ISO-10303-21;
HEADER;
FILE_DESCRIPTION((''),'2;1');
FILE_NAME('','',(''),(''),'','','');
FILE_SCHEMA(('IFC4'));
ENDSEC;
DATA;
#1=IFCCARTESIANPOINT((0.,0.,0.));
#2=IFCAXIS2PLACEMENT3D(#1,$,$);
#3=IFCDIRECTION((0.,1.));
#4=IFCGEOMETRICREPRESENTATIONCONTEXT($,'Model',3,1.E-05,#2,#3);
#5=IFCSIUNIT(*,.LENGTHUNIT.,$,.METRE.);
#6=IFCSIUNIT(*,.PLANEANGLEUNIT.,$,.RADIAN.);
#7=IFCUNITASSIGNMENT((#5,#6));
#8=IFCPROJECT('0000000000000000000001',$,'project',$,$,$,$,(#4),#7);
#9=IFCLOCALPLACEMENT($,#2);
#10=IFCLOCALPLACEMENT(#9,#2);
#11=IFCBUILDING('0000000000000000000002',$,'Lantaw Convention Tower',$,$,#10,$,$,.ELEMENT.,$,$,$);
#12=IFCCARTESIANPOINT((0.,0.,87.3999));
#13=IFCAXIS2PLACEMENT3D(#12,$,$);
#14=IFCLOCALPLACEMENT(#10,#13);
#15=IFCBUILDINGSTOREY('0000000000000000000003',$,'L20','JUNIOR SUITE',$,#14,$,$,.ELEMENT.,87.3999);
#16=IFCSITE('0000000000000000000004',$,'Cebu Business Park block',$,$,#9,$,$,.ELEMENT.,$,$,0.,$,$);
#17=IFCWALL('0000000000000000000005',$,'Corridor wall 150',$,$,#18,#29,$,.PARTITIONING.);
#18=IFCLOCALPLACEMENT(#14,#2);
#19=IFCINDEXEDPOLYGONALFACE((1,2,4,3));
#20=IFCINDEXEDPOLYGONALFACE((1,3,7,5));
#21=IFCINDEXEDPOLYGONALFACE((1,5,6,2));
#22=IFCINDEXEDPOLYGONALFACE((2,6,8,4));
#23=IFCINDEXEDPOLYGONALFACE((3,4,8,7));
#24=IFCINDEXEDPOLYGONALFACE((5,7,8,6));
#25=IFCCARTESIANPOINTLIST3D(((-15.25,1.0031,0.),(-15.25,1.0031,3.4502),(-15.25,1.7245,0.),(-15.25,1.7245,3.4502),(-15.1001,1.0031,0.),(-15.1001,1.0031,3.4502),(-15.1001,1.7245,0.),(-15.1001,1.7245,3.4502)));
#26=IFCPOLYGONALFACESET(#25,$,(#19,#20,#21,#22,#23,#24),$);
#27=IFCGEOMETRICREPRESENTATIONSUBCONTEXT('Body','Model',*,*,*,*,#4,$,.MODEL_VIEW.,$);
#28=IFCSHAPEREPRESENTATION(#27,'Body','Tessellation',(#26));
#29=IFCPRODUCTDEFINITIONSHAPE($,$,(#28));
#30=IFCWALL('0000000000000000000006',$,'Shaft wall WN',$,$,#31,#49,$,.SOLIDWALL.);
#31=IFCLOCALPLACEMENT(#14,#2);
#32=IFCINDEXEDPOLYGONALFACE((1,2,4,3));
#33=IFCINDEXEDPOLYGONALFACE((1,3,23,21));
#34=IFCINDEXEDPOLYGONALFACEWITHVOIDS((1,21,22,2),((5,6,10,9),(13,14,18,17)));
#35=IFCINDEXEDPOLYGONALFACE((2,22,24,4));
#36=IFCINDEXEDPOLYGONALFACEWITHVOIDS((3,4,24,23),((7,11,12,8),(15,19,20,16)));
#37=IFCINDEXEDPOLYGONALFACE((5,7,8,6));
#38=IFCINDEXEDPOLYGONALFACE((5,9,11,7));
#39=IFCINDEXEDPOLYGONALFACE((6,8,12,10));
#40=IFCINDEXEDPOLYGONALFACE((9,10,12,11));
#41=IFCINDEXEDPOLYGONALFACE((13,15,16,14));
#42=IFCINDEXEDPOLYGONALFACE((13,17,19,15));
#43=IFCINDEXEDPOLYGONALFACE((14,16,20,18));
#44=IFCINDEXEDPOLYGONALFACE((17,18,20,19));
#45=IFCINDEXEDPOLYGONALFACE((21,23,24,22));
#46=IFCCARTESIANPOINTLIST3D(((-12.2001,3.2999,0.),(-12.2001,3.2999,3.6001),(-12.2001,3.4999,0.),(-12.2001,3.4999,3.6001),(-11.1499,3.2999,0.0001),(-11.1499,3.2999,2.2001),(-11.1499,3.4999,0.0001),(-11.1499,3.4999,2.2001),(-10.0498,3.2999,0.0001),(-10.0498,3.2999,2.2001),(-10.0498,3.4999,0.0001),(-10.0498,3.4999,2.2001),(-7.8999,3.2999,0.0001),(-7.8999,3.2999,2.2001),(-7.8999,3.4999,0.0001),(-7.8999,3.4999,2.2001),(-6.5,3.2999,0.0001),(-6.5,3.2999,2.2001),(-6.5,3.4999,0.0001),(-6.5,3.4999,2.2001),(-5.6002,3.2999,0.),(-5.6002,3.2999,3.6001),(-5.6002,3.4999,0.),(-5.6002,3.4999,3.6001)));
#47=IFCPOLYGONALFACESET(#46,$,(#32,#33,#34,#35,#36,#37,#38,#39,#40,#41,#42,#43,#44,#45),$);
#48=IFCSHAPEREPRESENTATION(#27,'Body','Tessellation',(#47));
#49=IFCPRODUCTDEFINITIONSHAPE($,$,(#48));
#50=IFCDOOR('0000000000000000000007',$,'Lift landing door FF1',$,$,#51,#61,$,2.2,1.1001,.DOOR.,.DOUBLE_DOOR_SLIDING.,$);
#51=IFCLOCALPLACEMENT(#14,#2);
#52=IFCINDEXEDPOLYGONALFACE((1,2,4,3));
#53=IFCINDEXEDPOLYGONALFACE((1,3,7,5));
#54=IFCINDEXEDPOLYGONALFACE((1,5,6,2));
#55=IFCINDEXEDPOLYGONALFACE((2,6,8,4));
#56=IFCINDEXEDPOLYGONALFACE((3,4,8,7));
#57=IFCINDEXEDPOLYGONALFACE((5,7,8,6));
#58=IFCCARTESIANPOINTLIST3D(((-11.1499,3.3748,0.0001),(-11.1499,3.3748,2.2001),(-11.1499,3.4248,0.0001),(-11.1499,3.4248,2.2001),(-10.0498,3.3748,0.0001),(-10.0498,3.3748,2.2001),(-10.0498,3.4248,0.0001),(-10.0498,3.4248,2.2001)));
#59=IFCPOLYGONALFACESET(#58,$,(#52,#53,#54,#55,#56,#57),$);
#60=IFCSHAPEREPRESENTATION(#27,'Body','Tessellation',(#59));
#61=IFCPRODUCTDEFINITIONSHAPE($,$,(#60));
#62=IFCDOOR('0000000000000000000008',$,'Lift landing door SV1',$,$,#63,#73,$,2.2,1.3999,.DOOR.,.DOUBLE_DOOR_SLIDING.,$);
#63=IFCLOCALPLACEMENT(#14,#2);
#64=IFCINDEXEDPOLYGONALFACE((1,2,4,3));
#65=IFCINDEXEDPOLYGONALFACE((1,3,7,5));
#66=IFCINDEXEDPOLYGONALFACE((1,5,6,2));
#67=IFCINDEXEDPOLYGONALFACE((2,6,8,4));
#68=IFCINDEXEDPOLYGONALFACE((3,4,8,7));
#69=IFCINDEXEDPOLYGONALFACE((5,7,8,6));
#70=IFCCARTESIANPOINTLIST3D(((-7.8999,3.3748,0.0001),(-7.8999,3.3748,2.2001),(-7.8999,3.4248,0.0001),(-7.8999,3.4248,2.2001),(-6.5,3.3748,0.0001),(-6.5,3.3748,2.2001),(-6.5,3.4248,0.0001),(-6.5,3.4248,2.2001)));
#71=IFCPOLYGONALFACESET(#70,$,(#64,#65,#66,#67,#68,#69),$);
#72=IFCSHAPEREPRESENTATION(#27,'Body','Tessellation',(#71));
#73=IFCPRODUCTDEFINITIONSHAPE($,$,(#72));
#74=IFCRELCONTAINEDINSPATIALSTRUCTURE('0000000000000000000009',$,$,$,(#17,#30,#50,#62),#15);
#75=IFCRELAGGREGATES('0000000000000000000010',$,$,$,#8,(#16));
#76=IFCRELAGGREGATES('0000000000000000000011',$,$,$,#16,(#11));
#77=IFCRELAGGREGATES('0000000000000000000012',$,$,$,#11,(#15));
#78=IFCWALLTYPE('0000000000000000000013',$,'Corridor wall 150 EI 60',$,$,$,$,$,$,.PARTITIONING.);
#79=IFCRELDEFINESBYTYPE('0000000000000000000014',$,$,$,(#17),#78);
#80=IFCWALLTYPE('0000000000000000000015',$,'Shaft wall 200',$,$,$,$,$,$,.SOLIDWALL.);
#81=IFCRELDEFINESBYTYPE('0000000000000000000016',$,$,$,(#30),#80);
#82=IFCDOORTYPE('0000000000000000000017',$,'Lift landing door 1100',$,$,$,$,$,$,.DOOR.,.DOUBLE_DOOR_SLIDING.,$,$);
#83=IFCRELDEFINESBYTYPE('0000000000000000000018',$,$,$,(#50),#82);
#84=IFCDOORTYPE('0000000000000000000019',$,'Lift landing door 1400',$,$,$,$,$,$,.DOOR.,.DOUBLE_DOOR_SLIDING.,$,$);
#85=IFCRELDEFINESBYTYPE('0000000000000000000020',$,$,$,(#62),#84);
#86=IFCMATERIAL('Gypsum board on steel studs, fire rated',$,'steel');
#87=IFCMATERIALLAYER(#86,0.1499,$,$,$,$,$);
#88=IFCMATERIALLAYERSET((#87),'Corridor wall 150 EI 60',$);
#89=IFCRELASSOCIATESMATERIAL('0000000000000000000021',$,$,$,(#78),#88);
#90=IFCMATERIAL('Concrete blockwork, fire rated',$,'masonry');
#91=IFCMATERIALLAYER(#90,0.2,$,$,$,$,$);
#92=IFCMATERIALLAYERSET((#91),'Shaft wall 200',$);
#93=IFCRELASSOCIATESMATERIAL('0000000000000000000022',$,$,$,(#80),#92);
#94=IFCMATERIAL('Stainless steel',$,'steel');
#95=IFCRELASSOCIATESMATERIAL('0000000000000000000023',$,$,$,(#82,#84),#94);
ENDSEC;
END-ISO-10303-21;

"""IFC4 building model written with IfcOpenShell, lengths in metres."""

from ifc_helpers import new_model, si_unit, direction, frame, frame_2d, origin, place, context, subcontext, project, spatial, rectangle, extrude, material, layer, layer_set, type_object, element, fill, save


model = new_model("IFC4")

# Units and contexts
model_context = context("Model", 3, precision=1e-05, world=origin(), true_north=direction((0.0, 1.0)))
body_context = subcontext(model_context, "Body", "Model", "MODEL_VIEW")
ifc_project = project(units=[si_unit("LENGTHUNIT", "METRE"), si_unit("PLANEANGLEUNIT", "RADIAN")], contexts=[model_context])

# Site, building, storey
site_placement = place(None, origin())
site = spatial("IfcSite", under=ifc_project, at=site_placement, Name="Cebu Business Park block", CompositionType="ELEMENT", RefElevation=0.0)
building_placement = place(site_placement, origin())
building = spatial("IfcBuilding", under=site, at=building_placement, Name="Lantaw Convention Tower", CompositionType="ELEMENT")
storey_placement = place(building_placement, frame((0.0, 0.0, 87.3999)))
storey = spatial("IfcBuildingStorey", under=building, at=storey_placement, Name="L20", Description="JUNIOR SUITE", CompositionType="ELEMENT", Elevation=87.3999)

# Wall
ifc_material_1 = material(Name="Gypsum board on steel studs, fire rated", Category="steel")
ifc_layer_1 = layer(ifc_material_1, 0.1499)
ifc_layer_set_1 = layer_set([ifc_layer_1], Name="Corridor wall 150 EI 60")
wall_type_1 = type_object("IfcWallType", Name="Corridor wall 150 EI 60", PredefinedType="PARTITIONING", material=ifc_layer_set_1)
wall_1_placement = place(storey_placement, frame((-15.175, 1.7246, 0.0), z_axis=(0.0, 0.0, 1.0), x_axis=(0.0, -1.0, 0.0)))
element("IfcWall", 1, at=wall_1_placement, inside=storey, type_object=wall_type_1, Name="Corridor wall 150", PredefinedType="PARTITIONING", context=body_context, shape_type="SweptSolid", body=[
    extrude(rectangle(XDim=0.7214, YDim=0.1499, at=frame_2d((0.3608, 0.0))), origin(), (0.0, 0.0, 1.0), 3.4502),
])

# Wall, openings, doors
ifc_material_2 = material(Name="Concrete blockwork, fire rated", Category="masonry")
ifc_layer_2 = layer(ifc_material_2, 0.2)
ifc_layer_set_2 = layer_set([ifc_layer_2], Name="Shaft wall 200")
wall_type_2 = type_object("IfcWallType", Name="Shaft wall 200", PredefinedType="SOLIDWALL", material=ifc_layer_set_2)
wall_2_placement = place(storey_placement, frame((-12.2, 3.3999, 0.0), z_axis=(0.0, 0.0, 1.0), x_axis=(1.0, 0.0, 0.0)))
wall_2 = element("IfcWall", 2, at=wall_2_placement, inside=storey, type_object=wall_type_2, Name="Shaft wall WN", PredefinedType="SOLIDWALL", context=body_context, shape_type="SweptSolid", body=[
    extrude(rectangle(XDim=6.5999, YDim=0.2, at=frame_2d((3.2998, 0.0))), origin(), (0.0, 0.0, 1.0), 3.6001),
])
opening_1_placement = place(wall_2_placement, frame((1.05, 0.0, 0.0)))
opening_1 = element("IfcOpeningElement", 3, at=opening_1_placement, cuts=wall_2, PredefinedType="OPENING", context=body_context, shape_type="SweptSolid", body=[
    extrude(rectangle(XDim=1.1001, YDim=2.2, at=frame_2d((0.55, 1.1001))), frame((0.0, 0.1099, 0.0), z_axis=(0.0, -1.0, 0.0), x_axis=(1.0, 0.0, 0.0)), (0.0, 0.0, 1.0), 0.22),
])
opening_2_placement = place(wall_2_placement, frame((4.3, 0.0, 0.0)))
opening_2 = element("IfcOpeningElement", 4, at=opening_2_placement, cuts=wall_2, PredefinedType="OPENING", context=body_context, shape_type="SweptSolid", body=[
    extrude(rectangle(XDim=1.3999, YDim=2.2, at=frame_2d((0.7, 1.1001))), frame((0.0, 0.1099, 0.0), z_axis=(0.0, -1.0, 0.0), x_axis=(1.0, 0.0, 0.0)), (0.0, 0.0, 1.0), 0.22),
])
ifc_material_3 = material(Name="Stainless steel", Category="steel")
door_type_1 = type_object("IfcDoorType", Name="Lift landing door 1100", OperationType="DOUBLE_DOOR_SLIDING", PredefinedType="DOOR", material=ifc_material_3)
door_1_placement = place(opening_1_placement, origin())
door_1 = element("IfcDoor", 5, at=door_1_placement, inside=storey, type_object=door_type_1, Name="Lift landing door FF1", OperationType="DOUBLE_DOOR_SLIDING", OverallHeight=2.2, OverallWidth=1.1001, PredefinedType="DOOR", context=body_context, shape_type="SweptSolid", body=[
    extrude(rectangle(XDim=1.1001, YDim=2.2, at=frame_2d((0.55, 1.1001))), frame((0.0, 0.0249, 0.0), z_axis=(0.0, -1.0, 0.0), x_axis=(1.0, 0.0, 0.0)), (0.0, 0.0, 1.0), 0.05),
])
fill(opening_1, door_1)
door_type_2 = type_object("IfcDoorType", Name="Lift landing door 1400", OperationType="DOUBLE_DOOR_SLIDING", PredefinedType="DOOR", material=ifc_material_3)
door_2_placement = place(opening_2_placement, origin())
door_2 = element("IfcDoor", 6, at=door_2_placement, inside=storey, type_object=door_type_2, Name="Lift landing door SV1", OperationType="DOUBLE_DOOR_SLIDING", OverallHeight=2.2, OverallWidth=1.3999, PredefinedType="DOOR", context=body_context, shape_type="SweptSolid", body=[
    extrude(rectangle(XDim=1.3999, YDim=2.2, at=frame_2d((0.7, 1.1001))), frame((0.0, 0.0249, 0.0), z_axis=(0.0, -1.0, 0.0), x_axis=(1.0, 0.0, 0.0)), (0.0, 0.0, 1.0), 0.05),
])
fill(opening_2, door_2)

save(model, "model.ifc")
